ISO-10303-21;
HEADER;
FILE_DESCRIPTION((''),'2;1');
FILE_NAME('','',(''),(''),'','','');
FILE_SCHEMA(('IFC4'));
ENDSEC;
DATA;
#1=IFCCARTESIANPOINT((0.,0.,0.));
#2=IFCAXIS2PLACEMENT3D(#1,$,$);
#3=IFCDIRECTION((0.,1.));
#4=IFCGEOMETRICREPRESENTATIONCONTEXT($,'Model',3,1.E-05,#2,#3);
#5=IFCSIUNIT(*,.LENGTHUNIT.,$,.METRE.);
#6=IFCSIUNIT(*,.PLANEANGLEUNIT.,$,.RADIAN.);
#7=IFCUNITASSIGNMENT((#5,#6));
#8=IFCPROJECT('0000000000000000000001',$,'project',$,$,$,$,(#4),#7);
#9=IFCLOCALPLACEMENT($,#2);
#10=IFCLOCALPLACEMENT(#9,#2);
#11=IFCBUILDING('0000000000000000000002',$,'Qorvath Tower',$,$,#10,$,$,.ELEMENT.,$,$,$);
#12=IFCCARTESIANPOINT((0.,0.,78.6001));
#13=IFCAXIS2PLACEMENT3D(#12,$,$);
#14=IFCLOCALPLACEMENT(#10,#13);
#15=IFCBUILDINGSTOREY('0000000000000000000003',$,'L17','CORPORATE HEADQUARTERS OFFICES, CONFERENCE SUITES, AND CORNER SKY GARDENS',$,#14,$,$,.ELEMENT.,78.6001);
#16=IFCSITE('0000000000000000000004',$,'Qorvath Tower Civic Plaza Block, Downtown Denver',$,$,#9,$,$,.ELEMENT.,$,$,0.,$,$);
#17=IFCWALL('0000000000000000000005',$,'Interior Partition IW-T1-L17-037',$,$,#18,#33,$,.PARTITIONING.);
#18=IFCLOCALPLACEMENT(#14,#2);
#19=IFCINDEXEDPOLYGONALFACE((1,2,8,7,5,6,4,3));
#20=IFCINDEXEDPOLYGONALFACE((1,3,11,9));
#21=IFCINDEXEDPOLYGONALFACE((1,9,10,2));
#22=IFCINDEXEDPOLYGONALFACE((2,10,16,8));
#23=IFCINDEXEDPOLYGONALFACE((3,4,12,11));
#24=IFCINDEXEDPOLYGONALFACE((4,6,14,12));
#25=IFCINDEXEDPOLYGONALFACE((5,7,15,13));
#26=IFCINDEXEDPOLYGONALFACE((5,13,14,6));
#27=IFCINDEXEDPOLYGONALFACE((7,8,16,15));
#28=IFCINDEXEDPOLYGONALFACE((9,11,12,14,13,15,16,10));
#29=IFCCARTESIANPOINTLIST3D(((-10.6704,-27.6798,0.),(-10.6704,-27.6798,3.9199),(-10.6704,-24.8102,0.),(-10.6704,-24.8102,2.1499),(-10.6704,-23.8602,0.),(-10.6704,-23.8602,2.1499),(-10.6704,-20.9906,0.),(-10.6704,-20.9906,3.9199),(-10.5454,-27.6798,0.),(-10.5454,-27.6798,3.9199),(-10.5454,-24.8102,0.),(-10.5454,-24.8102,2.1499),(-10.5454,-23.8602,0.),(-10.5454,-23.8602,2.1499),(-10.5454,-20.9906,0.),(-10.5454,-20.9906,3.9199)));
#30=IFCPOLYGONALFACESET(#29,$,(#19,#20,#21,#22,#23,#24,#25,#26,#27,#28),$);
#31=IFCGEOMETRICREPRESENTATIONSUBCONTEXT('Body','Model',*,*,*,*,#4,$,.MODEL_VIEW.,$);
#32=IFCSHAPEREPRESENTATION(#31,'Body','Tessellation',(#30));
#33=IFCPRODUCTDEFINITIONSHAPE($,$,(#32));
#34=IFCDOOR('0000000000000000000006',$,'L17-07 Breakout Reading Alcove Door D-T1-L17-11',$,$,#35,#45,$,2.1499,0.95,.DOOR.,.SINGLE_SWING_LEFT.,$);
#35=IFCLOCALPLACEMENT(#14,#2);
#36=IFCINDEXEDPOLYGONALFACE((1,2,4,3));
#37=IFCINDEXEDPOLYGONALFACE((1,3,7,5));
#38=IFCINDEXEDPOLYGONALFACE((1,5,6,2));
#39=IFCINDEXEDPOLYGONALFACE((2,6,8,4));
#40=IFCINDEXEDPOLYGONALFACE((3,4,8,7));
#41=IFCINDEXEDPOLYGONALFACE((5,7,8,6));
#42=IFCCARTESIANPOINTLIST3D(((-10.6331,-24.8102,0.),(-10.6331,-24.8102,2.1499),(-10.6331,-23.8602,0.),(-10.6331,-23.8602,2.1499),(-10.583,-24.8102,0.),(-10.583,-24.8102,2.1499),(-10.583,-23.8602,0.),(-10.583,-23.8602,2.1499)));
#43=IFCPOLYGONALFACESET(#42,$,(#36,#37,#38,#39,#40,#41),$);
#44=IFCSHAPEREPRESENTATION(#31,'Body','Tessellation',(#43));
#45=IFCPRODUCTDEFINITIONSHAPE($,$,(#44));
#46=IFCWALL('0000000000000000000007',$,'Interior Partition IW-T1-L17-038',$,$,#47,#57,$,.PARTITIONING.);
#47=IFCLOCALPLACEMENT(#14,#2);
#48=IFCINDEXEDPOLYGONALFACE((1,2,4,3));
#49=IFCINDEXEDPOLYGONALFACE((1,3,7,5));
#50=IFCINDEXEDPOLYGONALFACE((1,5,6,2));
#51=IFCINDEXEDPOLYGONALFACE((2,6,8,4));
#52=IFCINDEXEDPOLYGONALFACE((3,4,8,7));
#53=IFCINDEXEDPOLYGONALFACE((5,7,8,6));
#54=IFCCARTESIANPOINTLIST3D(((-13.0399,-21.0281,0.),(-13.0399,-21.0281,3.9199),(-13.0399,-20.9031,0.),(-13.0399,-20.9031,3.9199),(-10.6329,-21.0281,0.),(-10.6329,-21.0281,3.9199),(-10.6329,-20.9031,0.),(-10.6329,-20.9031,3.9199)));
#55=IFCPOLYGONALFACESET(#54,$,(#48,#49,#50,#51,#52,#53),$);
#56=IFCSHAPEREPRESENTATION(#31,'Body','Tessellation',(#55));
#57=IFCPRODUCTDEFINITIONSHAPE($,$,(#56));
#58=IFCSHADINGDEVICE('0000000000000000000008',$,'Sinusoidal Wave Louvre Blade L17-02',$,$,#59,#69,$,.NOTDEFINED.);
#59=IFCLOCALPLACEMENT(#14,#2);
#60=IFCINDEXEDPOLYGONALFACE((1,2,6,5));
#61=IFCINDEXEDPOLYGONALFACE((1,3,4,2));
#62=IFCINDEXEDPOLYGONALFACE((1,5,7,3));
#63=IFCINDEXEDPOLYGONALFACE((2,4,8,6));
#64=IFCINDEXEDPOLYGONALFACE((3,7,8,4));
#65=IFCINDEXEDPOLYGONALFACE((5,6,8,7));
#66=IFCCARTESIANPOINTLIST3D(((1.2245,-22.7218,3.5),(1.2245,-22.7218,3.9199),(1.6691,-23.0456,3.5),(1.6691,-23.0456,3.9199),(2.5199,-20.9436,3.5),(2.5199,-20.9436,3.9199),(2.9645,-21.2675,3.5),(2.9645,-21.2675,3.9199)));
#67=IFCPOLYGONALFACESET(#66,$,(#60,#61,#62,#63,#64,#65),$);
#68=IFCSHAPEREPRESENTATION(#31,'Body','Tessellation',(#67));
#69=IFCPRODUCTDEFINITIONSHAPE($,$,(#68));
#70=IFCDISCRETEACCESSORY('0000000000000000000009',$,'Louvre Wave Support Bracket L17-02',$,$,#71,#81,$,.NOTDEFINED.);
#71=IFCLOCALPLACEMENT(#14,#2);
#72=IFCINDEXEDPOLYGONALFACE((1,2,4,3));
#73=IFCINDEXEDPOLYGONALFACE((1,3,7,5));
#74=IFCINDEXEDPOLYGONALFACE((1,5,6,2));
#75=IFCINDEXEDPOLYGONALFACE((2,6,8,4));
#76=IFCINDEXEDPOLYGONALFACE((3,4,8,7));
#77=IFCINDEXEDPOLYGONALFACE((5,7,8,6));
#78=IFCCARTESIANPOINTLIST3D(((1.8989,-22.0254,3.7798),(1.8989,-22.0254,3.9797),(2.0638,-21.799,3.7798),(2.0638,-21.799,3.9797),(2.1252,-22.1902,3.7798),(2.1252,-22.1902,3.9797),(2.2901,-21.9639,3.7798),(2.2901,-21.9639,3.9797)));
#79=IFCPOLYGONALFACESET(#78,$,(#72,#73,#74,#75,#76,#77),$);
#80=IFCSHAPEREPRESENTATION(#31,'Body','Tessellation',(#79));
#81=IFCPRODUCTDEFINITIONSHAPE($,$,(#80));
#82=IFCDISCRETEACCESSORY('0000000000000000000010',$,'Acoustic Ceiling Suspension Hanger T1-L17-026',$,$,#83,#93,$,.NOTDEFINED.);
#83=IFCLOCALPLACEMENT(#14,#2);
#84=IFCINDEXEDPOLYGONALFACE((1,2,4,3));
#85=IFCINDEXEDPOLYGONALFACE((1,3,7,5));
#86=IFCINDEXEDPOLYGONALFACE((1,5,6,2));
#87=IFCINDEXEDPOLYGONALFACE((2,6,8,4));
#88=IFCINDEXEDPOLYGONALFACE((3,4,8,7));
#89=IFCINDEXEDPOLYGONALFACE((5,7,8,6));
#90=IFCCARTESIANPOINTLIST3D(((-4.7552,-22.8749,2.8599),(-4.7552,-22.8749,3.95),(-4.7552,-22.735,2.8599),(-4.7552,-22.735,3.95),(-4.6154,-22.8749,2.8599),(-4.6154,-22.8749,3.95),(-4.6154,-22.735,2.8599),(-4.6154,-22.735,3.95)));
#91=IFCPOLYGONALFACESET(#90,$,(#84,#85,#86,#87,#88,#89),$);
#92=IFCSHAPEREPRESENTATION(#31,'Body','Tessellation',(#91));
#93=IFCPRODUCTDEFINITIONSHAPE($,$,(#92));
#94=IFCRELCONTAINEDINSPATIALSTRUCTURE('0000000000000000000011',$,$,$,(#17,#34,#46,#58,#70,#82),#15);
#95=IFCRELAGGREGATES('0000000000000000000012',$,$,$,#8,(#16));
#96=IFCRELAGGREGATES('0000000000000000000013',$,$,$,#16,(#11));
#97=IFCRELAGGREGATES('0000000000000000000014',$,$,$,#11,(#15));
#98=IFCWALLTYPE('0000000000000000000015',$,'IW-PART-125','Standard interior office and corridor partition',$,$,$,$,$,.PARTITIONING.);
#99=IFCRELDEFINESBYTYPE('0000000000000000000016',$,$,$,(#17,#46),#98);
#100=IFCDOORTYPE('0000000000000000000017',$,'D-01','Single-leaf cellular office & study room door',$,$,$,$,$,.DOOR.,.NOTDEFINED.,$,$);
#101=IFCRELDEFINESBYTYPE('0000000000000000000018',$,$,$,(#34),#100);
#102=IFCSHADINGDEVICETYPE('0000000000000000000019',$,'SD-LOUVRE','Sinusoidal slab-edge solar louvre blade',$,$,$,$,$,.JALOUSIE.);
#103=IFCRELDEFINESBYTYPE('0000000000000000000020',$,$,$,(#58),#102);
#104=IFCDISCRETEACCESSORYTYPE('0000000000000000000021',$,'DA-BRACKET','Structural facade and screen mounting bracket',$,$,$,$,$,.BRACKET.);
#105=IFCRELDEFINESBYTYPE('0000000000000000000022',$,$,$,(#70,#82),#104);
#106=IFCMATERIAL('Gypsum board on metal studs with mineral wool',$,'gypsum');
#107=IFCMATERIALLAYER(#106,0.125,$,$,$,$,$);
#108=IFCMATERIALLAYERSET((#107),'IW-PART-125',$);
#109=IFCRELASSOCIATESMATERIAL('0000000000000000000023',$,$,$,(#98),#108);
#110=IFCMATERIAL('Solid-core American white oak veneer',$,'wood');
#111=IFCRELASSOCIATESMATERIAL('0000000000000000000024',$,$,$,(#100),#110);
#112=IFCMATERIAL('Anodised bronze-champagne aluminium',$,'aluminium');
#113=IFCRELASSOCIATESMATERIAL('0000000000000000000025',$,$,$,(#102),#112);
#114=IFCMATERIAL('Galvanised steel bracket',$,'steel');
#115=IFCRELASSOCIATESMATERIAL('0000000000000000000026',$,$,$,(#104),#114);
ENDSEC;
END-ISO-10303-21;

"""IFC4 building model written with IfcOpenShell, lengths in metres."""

from ifc_helpers import new_model, si_unit, direction, frame, frame_2d, origin, origin_2d, place, context, subcontext, project, spatial, rectangle, extrude, material, layer, layer_set, type_object, element, fill, save


model = new_model("IFC4")

# Units and contexts
model_context = context("Model", 3, precision=1e-05, world=origin(), true_north=direction((0.0, 1.0)))
body_context = subcontext(model_context, "Body", "Model", "MODEL_VIEW")
ifc_project = project(units=[si_unit("LENGTHUNIT", "METRE"), si_unit("PLANEANGLEUNIT", "RADIAN")], contexts=[model_context])

# Site, building, storey
site_placement = place(None, origin())
site = spatial("IfcSite", under=ifc_project, at=site_placement, Name="Qorvath Tower Civic Plaza Block, Downtown Denver", CompositionType="ELEMENT", RefElevation=0.0)
building_placement = place(site_placement, origin())
building = spatial("IfcBuilding", under=site, at=building_placement, Name="Qorvath Tower", CompositionType="ELEMENT")
storey_placement = place(building_placement, frame((0.0, 0.0, 78.6001)))
storey = spatial("IfcBuildingStorey", under=building, at=storey_placement, Name="L17", Description="CORPORATE HEADQUARTERS OFFICES, CONFERENCE SUITES, AND CORNER SKY GARDENS", CompositionType="ELEMENT", Elevation=78.6001)

# Shared definitions
ifc_material_1 = material(Name="Gypsum board on metal studs with mineral wool", Category="gypsum")
ifc_layer_1 = layer(ifc_material_1, 0.125)
ifc_layer_set_1 = layer_set([ifc_layer_1], Name="IW-PART-125")
wall_type_1 = type_object("IfcWallType", Name="IW-PART-125", Description="Standard interior office and corridor partition", PredefinedType="PARTITIONING", material=ifc_layer_set_1)

# Wall, opening, door
wall_1_placement = place(storey_placement, frame((-10.6079, -20.9905, 0.0), z_axis=(0.0, 0.0, 1.0), x_axis=(0.0, -1.0, 0.0)))
wall_1 = element("IfcWall", 1, at=wall_1_placement, inside=storey, type_object=wall_type_1, Name="Interior Partition IW-T1-L17-037", PredefinedType="PARTITIONING", context=body_context, shape_type="SweptSolid", body=[
    extrude(rectangle(XDim=6.6892, YDim=0.125, at=frame_2d((3.3447, 0.0))), origin(), (0.0, 0.0, 1.0), 3.9199),
])
opening_placement = place(wall_1_placement, frame((2.8696, 0.0, 0.0)))
opening = element("IfcOpeningElement", 2, at=opening_placement, cuts=wall_1, PredefinedType="OPENING", context=body_context, shape_type="SweptSolid", body=[
    extrude(rectangle(XDim=0.95, YDim=2.1499, at=frame_2d((0.4751, 1.075))), frame((0.0, 0.0725, 0.0), z_axis=(0.0, -1.0, 0.0), x_axis=(1.0, 0.0, 0.0)), (0.0, 0.0, 1.0), 0.145),
])
ifc_material_2 = material(Name="Solid-core American white oak veneer", Category="wood")
door_type = type_object("IfcDoorType", Name="D-01", Description="Single-leaf cellular office & study room door", OperationType="NOTDEFINED", PredefinedType="DOOR", material=ifc_material_2)
door_placement = place(opening_placement, origin())
door = element("IfcDoor", 3, at=door_placement, inside=storey, type_object=door_type, Name="L17-07 Breakout Reading Alcove Door D-T1-L17-11", OperationType="SINGLE_SWING_LEFT", OverallHeight=2.1499, OverallWidth=0.95, PredefinedType="DOOR", context=body_context, shape_type="SweptSolid", body=[
    extrude(rectangle(XDim=0.95, YDim=2.1499, at=frame_2d((0.4751, 1.075))), frame((0.0, 0.0249, 0.0), z_axis=(0.0, -1.0, 0.0), x_axis=(1.0, 0.0, 0.0)), (0.0, 0.0, 1.0), 0.05),
])
fill(opening, door)

# Wall
wall_2_placement = place(storey_placement, frame((-10.6328, -20.9656, 0.0), z_axis=(0.0, 0.0, 1.0), x_axis=(-1.0, 0.0, 0.0)))
element("IfcWall", 4, at=wall_2_placement, inside=storey, type_object=wall_type_1, Name="Interior Partition IW-T1-L17-038", PredefinedType="PARTITIONING", context=body_context, shape_type="SweptSolid", body=[
    extrude(rectangle(XDim=2.407, YDim=0.125, at=frame_2d((1.2036, 0.0))), origin(), (0.0, 0.0, 1.0), 3.9199),
])

# Shading device
ifc_material_3 = material(Name="Anodised bronze-champagne aluminium", Category="aluminium")
shading_device_type = type_object("IfcShadingDeviceType", Name="SD-LOUVRE", Description="Sinusoidal slab-edge solar louvre blade", PredefinedType="JALOUSIE", material=ifc_material_3)
shading_device_placement = place(storey_placement, frame((2.0945, -21.9946, 3.5), z_axis=(0.0, 0.0, 1.0), x_axis=(0.588816, 0.808267, 0.0)))
element("IfcShadingDevice", 5, at=shading_device_placement, inside=storey, type_object=shading_device_type, Name="Sinusoidal Wave Louvre Blade L17-02", PredefinedType="NOTDEFINED", context=body_context, shape_type="SweptSolid", body=[
    extrude(rectangle(XDim=2.2, YDim=0.55, at=origin_2d()), origin(), (0.0, 0.0, 1.0), 0.4199),
])

# Discrete accessories
ifc_material_4 = material(Name="Galvanised steel bracket", Category="steel")
discrete_accessory_type = type_object("IfcDiscreteAccessoryType", Name="DA-BRACKET", Description="Structural facade and screen mounting bracket", PredefinedType="BRACKET", material=ifc_material_4)
discrete_accessory_1_placement = place(storey_placement, frame((2.0945, -21.9946, 3.7798), z_axis=(0.0, 0.0, 1.0), x_axis=(0.588816, 0.808267, 0.0)))
element("IfcDiscreteAccessory", 6, at=discrete_accessory_1_placement, inside=storey, type_object=discrete_accessory_type, Name="Louvre Wave Support Bracket L17-02", PredefinedType="NOTDEFINED", context=body_context, shape_type="SweptSolid", body=[
    extrude(rectangle(XDim=0.28, YDim=0.28, at=origin_2d()), origin(), (0.0, 0.0, 1.0), 0.2),
])
discrete_accessory_2_placement = place(storey_placement, frame((-4.6853, -22.8049, 2.8599), z_axis=(0.0, 0.0, 1.0), x_axis=(1.0, 0.0, 0.0)))
element("IfcDiscreteAccessory", 7, at=discrete_accessory_2_placement, inside=storey, type_object=discrete_accessory_type, Name="Acoustic Ceiling Suspension Hanger T1-L17-026", PredefinedType="NOTDEFINED", context=body_context, shape_type="SweptSolid", body=[
    extrude(rectangle(XDim=0.1399, YDim=0.1399, at=origin_2d()), origin(), (0.0, 0.0, 1.0), 1.0901),
])

save(model, "model.ifc")
